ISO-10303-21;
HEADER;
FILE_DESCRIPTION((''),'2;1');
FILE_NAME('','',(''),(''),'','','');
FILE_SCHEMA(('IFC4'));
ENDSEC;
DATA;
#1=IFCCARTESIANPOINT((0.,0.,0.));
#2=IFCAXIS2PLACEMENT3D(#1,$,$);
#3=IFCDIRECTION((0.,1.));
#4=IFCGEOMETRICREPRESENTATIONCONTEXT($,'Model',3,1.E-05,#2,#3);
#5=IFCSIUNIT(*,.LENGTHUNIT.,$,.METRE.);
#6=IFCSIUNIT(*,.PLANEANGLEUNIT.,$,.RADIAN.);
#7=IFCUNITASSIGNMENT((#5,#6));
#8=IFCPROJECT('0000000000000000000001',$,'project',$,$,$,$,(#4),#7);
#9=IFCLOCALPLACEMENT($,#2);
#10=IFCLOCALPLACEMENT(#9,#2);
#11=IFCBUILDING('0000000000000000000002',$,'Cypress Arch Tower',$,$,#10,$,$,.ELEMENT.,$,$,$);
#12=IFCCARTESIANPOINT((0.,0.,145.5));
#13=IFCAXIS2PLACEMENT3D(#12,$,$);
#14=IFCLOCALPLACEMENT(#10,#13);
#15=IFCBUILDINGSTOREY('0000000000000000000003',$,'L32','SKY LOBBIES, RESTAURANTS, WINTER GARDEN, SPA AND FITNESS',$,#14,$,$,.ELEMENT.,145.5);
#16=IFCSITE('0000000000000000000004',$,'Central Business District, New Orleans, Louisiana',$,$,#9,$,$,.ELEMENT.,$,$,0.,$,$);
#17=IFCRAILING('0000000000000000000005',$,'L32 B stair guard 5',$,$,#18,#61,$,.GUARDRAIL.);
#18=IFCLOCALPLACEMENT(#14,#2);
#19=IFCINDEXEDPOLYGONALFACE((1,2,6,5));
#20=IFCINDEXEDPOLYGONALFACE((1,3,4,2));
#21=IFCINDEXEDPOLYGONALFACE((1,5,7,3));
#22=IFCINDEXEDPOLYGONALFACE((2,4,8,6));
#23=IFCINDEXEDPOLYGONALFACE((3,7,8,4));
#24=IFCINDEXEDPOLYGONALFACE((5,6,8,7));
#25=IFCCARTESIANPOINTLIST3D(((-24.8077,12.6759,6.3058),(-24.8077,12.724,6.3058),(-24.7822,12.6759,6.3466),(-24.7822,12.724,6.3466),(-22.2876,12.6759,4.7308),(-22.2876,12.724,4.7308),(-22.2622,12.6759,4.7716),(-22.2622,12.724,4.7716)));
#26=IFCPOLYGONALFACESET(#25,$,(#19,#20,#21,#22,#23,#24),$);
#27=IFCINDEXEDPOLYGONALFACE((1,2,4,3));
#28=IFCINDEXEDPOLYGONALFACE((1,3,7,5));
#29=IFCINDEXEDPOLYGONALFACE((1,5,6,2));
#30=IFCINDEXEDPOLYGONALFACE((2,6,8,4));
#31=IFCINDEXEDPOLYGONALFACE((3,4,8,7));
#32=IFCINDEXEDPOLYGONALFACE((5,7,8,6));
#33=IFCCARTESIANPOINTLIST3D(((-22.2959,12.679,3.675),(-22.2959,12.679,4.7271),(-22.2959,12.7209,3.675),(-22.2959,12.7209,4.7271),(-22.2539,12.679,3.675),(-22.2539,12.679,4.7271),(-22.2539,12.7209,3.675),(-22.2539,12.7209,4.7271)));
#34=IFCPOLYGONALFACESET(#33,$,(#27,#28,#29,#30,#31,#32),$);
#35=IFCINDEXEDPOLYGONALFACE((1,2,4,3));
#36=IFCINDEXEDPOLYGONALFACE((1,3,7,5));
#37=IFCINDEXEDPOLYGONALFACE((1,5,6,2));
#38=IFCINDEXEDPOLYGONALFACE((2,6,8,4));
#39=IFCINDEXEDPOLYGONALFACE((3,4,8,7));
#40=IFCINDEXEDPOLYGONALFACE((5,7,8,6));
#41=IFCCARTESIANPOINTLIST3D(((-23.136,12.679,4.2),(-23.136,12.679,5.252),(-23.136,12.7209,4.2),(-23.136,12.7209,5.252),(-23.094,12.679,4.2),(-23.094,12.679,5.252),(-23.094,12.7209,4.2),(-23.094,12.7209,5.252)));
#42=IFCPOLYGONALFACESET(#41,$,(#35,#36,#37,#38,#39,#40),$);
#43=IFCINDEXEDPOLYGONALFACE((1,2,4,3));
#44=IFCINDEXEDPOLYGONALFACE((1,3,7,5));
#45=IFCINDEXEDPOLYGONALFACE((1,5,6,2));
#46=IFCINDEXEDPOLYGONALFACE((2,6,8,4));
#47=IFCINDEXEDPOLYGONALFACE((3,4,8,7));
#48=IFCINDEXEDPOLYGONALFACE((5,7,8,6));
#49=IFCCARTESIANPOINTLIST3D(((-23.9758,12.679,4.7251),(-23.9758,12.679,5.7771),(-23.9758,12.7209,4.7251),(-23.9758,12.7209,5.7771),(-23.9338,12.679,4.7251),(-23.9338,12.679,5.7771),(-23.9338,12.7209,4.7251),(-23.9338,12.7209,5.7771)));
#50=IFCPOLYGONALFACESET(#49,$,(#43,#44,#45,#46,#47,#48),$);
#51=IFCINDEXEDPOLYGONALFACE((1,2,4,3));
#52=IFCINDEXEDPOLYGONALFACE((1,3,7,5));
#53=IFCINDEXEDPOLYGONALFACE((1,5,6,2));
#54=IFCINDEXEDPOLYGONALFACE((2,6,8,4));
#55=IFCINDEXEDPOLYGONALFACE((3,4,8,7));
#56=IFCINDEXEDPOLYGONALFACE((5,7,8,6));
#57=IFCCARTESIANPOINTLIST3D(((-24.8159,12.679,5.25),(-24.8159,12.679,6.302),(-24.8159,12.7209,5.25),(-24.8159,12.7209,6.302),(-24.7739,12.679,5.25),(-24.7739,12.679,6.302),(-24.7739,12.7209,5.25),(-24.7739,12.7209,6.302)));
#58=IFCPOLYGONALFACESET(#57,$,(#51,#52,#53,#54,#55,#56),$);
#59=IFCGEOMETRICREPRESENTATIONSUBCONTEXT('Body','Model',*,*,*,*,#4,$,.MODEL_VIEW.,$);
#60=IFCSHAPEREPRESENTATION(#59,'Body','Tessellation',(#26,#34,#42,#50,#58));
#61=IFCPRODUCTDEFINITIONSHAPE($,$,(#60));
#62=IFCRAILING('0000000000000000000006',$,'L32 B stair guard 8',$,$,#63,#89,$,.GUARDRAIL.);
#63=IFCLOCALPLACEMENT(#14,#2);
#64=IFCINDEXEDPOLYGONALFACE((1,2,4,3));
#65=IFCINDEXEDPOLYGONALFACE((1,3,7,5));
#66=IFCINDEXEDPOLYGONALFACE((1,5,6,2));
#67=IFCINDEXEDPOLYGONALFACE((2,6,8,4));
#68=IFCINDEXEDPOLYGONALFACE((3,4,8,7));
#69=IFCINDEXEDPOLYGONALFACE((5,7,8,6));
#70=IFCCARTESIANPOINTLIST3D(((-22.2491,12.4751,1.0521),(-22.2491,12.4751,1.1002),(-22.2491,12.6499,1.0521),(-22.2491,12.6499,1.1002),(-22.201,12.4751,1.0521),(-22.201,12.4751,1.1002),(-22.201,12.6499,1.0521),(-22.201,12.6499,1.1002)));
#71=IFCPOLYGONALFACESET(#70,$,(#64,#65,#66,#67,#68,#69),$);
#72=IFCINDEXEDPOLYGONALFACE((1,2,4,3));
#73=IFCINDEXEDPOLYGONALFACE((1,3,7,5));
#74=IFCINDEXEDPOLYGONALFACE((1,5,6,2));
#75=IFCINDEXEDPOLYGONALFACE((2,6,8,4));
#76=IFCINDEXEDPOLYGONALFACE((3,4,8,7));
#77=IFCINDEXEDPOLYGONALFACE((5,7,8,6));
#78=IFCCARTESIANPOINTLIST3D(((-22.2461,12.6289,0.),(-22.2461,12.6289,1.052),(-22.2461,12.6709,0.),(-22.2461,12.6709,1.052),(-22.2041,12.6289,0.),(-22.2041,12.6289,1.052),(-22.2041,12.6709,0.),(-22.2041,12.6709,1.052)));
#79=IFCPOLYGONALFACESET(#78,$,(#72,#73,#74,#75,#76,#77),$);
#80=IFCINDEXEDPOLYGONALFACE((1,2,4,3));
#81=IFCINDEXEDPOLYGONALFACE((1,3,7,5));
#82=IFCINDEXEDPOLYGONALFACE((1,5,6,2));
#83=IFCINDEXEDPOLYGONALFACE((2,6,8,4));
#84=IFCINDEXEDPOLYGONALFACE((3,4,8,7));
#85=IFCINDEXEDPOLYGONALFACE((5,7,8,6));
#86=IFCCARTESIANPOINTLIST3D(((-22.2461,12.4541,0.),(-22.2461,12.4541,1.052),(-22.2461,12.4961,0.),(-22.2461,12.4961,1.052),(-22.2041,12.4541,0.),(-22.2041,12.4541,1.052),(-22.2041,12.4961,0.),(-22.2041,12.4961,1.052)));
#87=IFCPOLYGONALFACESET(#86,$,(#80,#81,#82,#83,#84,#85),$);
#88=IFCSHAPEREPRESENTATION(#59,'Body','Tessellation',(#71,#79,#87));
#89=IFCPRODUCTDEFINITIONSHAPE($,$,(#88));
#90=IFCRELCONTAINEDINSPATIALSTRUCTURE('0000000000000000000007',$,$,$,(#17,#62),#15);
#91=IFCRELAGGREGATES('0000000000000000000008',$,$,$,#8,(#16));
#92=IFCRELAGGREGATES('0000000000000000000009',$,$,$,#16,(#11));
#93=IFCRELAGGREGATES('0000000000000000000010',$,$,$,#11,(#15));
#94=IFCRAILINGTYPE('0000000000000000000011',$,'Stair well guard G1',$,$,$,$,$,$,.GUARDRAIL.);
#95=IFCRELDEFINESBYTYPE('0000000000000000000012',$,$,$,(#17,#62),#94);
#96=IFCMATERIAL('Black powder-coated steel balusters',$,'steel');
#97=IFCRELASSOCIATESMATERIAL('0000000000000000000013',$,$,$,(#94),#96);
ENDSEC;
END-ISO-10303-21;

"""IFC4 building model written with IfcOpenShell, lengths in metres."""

from ifc_helpers import new_model, si_unit, direction, frame, origin, origin_2d, place, context, subcontext, project, spatial, rectangle, extrude, material, type_object, element, save


model = new_model("IFC4")

# Units and contexts
model_context = context("Model", 3, precision=1e-05, world=origin(), true_north=direction((0.0, 1.0)))
body_context = subcontext(model_context, "Body", "Model", "MODEL_VIEW")
ifc_project = project(units=[si_unit("LENGTHUNIT", "METRE"), si_unit("PLANEANGLEUNIT", "RADIAN")], contexts=[model_context])

# Site, building, storey
site_placement = place(None, origin())
site = spatial("IfcSite", under=ifc_project, at=site_placement, Name="Central Business District, New Orleans, Louisiana", CompositionType="ELEMENT", RefElevation=0.0)
building_placement = place(site_placement, origin())
building = spatial("IfcBuilding", under=site, at=building_placement, Name="Cypress Arch Tower", CompositionType="ELEMENT")
storey_placement = place(building_placement, frame((0.0, 0.0, 145.5)))
storey = spatial("IfcBuildingStorey", under=building, at=storey_placement, Name="L32", Description="SKY LOBBIES, RESTAURANTS, WINTER GARDEN, SPA AND FITNESS", CompositionType="ELEMENT", Elevation=145.5)

# Railings
ifc_material_1 = material(Name="Black powder-coated steel balusters", Category="steel")
railing_type_1 = type_object("IfcRailingType", Name="Stair well guard G1", PredefinedType="GUARDRAIL", material=ifc_material_1)
railing_1_placement = place(storey_placement, frame((-22.2749, 12.7, 3.675)))
element("IfcRailing", 1, at=railing_1_placement, inside=storey, type_object=railing_type_1, Name="L32 B stair guard 5", PredefinedType="GUARDRAIL", context=body_context, shape_type="SweptSolid", body=[
    extrude(rectangle(XDim=0.0481, YDim=0.0481, at=origin_2d()), frame((0.0, 0.0, 1.0762), z_axis=(-0.848008, 0.0, 0.529984), x_axis=(0.0, -1.0, 0.0)), (0.0, 0.0, 1.0), 2.9717),
    extrude(rectangle(XDim=0.042, YDim=0.042, at=origin_2d()), origin(), (0.0, 0.0, 1.0), 1.052),
    extrude(rectangle(XDim=0.042, YDim=0.042, at=origin_2d()), frame((-0.8401, 0.0, 0.5249)), (0.0, 0.0, 1.0), 1.052),
    extrude(rectangle(XDim=0.042, YDim=0.042, at=origin_2d()), frame((-1.6799, 0.0, 1.05)), (0.0, 0.0, 1.0), 1.052),
    extrude(rectangle(XDim=0.042, YDim=0.042, at=origin_2d()), frame((-2.52, 0.0, 1.575)), (0.0, 0.0, 1.0), 1.052),
])
railing_2_placement = place(storey_placement, frame((-22.2251, 12.6499, 0.0)))
element("IfcRailing", 2, at=railing_2_placement, inside=storey, type_object=railing_type_1, Name="L32 B stair guard 8", PredefinedType="GUARDRAIL", context=body_context, shape_type="SweptSolid", body=[
    extrude(rectangle(XDim=0.0481, YDim=0.0481, at=origin_2d()), frame((0.0, 0.0, 1.0762), z_axis=(0.0, -1.0, 0.0), x_axis=(1.0, 0.0, 0.0)), (0.0, 0.0, 1.0), 0.1748),
    extrude(rectangle(XDim=0.042, YDim=0.042, at=origin_2d()), origin(), (0.0, 0.0, 1.0), 1.052),
    extrude(rectangle(XDim=0.042, YDim=0.042, at=origin_2d()), frame((0.0, -0.1748, 0.0)), (0.0, 0.0, 1.0), 1.052),
])

save(model, "model.ifc")
